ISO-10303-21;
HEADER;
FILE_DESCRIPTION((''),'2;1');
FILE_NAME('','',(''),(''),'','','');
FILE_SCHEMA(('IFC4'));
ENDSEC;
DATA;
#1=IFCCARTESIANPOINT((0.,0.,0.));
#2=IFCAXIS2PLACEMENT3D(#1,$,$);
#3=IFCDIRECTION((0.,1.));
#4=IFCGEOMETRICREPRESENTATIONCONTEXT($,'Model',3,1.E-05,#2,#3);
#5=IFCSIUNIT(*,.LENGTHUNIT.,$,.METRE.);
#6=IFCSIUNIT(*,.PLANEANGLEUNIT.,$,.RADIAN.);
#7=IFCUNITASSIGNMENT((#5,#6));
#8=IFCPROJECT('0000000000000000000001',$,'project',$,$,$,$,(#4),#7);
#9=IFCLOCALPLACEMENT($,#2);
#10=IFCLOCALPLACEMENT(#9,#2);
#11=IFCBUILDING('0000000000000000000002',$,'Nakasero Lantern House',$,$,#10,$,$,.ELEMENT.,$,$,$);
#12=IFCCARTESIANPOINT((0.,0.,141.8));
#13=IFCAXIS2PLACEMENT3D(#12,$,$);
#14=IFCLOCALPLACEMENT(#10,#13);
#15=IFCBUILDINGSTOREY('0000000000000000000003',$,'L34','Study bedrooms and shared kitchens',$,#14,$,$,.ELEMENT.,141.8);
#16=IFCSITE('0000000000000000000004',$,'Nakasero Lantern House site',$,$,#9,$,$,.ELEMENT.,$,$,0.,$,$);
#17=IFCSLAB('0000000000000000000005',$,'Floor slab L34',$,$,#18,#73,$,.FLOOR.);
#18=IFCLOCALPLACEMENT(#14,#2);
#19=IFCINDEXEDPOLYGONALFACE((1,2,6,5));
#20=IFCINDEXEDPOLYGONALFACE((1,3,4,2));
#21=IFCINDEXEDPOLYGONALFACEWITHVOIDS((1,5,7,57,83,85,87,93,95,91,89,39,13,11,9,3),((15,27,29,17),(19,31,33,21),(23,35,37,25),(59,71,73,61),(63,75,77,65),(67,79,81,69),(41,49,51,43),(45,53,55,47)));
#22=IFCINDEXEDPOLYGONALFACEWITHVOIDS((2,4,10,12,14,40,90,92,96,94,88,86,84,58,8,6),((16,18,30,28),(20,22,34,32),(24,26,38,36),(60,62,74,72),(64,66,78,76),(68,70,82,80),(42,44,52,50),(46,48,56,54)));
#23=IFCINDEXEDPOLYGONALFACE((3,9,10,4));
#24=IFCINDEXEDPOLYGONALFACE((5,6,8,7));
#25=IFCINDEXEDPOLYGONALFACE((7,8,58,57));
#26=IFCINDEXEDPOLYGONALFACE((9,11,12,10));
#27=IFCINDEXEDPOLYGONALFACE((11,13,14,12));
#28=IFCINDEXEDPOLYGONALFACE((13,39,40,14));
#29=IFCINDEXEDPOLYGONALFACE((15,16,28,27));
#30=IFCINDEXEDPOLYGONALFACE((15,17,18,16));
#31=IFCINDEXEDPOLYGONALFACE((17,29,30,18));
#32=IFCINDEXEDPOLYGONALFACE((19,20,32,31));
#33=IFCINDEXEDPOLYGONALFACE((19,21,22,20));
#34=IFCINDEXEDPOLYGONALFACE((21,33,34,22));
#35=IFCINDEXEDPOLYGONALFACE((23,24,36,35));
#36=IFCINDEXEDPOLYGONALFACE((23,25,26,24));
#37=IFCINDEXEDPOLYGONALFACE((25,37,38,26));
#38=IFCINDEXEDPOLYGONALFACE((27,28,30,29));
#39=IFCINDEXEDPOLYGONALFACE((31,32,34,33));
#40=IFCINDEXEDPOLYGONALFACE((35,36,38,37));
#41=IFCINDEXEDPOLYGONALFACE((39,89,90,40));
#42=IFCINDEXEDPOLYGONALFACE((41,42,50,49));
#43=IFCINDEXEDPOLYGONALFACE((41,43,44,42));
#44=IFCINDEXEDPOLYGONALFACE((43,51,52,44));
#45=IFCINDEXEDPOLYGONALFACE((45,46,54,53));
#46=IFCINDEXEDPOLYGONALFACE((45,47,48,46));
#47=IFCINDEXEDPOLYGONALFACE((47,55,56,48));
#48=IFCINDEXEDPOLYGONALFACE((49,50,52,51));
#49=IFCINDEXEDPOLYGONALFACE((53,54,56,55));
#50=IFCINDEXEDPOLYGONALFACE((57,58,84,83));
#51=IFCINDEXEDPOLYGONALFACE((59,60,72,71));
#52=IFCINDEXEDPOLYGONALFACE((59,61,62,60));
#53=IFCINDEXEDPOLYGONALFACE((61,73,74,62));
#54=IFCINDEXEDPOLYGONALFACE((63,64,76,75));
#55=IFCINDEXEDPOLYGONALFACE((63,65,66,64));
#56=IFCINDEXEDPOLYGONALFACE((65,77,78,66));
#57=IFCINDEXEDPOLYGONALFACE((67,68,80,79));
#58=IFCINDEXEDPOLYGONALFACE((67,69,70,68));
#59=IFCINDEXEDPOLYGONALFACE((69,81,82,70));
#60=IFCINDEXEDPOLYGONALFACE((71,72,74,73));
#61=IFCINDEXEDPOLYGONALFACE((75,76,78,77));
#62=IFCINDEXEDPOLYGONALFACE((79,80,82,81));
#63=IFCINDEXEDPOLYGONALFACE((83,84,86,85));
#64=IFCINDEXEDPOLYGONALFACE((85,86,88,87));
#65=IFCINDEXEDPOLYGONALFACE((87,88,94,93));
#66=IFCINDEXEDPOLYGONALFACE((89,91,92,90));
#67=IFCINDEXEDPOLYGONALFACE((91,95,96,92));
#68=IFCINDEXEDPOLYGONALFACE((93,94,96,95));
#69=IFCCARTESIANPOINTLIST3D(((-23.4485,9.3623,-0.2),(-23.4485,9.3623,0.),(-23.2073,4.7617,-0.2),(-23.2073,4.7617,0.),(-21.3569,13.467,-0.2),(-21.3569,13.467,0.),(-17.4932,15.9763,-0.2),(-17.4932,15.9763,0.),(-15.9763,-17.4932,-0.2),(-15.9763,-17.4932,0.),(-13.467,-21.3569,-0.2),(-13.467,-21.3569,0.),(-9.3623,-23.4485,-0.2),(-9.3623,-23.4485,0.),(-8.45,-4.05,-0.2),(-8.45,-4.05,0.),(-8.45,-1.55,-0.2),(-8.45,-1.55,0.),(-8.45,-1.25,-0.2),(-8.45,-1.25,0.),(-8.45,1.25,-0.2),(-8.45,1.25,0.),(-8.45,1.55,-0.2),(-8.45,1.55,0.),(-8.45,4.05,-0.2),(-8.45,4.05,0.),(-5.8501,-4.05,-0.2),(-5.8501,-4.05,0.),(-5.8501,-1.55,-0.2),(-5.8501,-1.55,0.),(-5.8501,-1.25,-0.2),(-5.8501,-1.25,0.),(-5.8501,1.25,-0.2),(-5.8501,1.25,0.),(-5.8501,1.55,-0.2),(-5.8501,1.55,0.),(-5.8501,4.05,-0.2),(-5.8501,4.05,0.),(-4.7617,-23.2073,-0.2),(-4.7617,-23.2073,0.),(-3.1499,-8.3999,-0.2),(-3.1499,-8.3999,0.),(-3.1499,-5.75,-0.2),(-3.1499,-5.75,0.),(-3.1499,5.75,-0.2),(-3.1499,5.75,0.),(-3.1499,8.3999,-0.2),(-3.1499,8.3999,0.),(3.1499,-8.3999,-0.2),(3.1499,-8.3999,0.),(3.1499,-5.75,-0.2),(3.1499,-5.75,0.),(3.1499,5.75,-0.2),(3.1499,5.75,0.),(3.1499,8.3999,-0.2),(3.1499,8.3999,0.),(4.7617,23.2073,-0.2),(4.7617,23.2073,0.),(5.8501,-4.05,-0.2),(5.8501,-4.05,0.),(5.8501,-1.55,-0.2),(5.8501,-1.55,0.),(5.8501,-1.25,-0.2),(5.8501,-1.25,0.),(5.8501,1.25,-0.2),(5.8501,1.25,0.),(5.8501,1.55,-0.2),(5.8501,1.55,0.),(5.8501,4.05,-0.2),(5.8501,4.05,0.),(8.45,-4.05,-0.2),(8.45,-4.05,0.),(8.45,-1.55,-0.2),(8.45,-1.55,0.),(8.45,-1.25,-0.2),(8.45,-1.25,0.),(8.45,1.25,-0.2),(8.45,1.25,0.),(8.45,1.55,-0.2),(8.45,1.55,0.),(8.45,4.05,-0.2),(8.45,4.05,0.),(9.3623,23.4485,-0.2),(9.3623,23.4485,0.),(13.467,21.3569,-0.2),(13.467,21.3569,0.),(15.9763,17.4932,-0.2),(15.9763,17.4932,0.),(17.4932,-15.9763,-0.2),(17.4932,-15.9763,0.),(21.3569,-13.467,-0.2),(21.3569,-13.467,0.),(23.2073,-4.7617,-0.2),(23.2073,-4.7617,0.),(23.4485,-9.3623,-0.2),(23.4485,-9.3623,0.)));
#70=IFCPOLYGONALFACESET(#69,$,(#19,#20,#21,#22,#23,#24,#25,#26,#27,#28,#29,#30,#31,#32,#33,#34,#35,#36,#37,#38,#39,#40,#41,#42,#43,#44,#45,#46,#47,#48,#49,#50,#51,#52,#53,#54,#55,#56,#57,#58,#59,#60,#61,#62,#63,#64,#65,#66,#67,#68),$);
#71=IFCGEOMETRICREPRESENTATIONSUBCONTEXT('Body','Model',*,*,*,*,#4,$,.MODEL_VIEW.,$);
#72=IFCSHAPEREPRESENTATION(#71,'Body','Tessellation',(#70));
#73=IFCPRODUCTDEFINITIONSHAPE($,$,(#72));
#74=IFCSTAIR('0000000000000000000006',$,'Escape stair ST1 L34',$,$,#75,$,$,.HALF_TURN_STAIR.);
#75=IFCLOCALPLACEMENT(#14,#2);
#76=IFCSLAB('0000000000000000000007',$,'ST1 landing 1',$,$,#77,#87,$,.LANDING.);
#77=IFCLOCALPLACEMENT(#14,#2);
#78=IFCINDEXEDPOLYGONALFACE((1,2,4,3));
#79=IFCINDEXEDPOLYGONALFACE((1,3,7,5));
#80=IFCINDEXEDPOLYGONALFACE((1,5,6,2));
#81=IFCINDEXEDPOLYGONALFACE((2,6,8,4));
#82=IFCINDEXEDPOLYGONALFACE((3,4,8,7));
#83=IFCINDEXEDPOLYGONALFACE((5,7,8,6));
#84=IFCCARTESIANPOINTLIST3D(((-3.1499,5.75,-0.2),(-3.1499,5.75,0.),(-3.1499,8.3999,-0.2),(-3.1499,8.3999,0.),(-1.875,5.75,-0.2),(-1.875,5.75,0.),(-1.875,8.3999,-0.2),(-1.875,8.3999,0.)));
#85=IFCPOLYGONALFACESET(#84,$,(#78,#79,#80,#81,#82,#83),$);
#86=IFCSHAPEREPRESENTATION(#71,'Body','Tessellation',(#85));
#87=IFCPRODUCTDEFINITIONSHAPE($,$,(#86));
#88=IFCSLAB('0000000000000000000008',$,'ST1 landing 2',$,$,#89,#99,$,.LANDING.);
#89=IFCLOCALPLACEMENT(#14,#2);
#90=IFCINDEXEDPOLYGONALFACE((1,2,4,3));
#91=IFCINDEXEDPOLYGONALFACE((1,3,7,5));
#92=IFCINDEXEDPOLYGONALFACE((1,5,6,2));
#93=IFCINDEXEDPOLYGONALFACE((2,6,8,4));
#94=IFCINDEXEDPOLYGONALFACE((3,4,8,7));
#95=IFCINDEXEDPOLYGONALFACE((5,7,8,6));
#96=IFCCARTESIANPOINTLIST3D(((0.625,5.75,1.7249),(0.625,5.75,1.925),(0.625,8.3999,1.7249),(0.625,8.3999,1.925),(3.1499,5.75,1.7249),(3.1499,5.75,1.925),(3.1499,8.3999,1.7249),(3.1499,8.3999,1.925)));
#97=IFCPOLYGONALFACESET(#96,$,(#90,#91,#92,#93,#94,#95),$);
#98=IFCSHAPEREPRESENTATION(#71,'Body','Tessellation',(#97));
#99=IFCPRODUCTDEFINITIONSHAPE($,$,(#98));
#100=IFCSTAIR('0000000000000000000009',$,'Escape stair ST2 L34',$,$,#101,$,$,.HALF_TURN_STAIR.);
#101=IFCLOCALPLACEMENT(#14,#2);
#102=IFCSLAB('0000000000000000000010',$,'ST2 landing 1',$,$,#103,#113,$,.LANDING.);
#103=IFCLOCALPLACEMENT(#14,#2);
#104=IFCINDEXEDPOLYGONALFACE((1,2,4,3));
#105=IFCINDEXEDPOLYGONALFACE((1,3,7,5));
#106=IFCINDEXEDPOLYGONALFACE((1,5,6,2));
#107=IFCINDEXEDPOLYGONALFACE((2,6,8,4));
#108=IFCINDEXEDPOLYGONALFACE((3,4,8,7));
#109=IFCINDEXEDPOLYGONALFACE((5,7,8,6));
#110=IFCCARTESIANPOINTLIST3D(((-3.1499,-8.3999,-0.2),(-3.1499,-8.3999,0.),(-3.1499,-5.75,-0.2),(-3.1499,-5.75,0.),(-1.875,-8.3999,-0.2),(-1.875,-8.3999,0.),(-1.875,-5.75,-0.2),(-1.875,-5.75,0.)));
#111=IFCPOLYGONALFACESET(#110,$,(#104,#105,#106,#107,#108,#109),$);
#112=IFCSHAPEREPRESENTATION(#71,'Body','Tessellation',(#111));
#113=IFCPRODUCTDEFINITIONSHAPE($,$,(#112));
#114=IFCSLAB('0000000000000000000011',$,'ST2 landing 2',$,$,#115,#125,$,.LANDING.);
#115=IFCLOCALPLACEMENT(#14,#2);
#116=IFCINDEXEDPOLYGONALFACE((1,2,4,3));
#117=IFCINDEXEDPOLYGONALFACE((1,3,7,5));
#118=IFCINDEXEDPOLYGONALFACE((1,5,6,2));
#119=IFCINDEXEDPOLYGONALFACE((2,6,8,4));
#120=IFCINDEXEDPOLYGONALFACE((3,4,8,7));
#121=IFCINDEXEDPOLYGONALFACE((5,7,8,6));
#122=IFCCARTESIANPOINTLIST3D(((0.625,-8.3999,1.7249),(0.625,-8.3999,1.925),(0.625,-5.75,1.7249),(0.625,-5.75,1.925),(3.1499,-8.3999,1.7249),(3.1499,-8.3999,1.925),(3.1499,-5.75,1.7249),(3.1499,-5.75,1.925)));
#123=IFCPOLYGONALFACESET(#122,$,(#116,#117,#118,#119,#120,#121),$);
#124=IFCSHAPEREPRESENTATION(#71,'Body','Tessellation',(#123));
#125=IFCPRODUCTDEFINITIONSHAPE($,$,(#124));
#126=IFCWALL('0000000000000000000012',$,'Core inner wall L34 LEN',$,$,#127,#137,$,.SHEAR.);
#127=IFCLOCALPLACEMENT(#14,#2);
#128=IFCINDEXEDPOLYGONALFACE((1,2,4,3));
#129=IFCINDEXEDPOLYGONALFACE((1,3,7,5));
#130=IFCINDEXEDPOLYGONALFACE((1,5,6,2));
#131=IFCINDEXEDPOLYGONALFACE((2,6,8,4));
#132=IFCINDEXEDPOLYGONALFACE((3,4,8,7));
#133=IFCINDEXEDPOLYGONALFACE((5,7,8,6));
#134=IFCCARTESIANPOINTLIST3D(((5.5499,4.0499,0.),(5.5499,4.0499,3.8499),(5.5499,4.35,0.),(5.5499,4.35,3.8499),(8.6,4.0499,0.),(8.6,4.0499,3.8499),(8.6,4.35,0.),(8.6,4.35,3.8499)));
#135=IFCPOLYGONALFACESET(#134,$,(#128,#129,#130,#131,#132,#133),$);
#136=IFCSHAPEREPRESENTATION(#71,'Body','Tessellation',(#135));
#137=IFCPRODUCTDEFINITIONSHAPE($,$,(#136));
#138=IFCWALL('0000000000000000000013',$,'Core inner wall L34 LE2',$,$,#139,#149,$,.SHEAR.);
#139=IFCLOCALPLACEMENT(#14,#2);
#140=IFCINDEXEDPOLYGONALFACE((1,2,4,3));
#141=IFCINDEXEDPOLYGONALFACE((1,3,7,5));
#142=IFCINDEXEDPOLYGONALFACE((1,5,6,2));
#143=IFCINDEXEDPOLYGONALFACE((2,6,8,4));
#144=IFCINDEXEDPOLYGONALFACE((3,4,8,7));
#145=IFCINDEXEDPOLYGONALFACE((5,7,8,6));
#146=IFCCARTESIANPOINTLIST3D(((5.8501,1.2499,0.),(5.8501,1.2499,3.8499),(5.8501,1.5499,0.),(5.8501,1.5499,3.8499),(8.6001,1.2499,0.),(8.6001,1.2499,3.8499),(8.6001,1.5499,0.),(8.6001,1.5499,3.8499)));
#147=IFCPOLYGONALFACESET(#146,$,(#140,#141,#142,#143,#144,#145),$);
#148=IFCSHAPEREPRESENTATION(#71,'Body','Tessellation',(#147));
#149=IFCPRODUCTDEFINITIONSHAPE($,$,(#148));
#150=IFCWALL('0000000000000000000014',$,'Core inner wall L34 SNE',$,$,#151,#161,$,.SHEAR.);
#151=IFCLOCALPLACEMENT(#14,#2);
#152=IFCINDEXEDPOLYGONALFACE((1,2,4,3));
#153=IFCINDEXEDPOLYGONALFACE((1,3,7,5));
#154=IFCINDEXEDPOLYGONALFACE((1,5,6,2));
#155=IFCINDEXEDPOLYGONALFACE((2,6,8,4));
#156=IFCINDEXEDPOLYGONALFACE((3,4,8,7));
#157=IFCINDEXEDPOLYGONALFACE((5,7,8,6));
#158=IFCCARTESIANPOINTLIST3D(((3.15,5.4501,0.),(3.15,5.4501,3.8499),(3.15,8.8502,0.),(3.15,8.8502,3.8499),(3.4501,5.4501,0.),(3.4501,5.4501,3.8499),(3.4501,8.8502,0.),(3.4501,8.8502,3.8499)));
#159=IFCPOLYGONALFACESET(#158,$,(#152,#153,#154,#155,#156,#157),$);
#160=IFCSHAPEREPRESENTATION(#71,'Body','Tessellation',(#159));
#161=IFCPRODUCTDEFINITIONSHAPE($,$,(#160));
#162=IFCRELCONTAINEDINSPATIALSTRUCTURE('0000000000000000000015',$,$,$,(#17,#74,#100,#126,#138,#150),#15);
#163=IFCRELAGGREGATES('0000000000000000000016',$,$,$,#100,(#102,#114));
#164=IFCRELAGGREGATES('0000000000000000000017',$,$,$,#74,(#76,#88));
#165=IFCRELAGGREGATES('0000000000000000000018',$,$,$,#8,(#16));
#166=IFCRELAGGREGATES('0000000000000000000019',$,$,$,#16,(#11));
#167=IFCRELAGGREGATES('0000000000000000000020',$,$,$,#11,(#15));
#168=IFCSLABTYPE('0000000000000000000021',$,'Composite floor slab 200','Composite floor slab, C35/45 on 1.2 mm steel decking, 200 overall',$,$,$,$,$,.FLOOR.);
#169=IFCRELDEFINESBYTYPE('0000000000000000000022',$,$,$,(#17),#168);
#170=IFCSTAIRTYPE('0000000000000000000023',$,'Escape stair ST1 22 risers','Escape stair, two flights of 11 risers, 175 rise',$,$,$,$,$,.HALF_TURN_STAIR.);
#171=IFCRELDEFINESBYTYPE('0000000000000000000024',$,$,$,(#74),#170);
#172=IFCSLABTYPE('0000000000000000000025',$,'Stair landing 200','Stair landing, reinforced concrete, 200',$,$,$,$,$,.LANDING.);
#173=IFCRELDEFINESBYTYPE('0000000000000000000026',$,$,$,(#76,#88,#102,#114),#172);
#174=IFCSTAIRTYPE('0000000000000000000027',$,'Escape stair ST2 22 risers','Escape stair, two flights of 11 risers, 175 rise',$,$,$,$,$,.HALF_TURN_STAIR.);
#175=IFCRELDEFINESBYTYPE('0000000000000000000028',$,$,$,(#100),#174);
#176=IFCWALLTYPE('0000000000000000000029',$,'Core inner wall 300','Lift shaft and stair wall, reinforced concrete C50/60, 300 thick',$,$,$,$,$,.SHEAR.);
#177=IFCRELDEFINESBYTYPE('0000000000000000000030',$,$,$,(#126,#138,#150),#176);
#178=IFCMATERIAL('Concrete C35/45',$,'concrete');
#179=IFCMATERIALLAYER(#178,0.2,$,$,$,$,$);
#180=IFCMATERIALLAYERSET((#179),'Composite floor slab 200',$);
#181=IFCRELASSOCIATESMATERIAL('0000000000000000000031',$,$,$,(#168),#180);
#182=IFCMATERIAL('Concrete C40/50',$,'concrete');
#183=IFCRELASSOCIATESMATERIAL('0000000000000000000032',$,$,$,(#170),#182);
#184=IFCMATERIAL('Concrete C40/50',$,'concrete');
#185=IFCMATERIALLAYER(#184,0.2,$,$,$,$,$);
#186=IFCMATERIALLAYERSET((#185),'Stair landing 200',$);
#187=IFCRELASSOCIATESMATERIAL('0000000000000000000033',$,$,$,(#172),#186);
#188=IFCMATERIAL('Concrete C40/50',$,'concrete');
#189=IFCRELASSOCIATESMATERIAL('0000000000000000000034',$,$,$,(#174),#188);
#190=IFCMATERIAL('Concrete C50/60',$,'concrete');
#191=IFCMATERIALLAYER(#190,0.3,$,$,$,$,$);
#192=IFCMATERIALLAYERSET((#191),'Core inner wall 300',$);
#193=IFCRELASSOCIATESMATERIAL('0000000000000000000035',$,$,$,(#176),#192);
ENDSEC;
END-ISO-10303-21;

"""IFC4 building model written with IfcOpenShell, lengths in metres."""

from ifc_helpers import new_model, si_unit, direction, frame, frame_2d, origin, place, context, subcontext, project, spatial, polyline, rectangle, outline, extrude, material, layer, layer_set, type_object, element, aggregate, save


model = new_model("IFC4")

# Units and contexts
model_context = context("Model", 3, precision=1e-05, world=origin(), true_north=direction((0.0, 1.0)))
body_context = subcontext(model_context, "Body", "Model", "MODEL_VIEW")
ifc_project = project(units=[si_unit("LENGTHUNIT", "METRE"), si_unit("PLANEANGLEUNIT", "RADIAN")], contexts=[model_context])

# Site, building, storey
site_placement = place(None, origin())
site = spatial("IfcSite", under=ifc_project, at=site_placement, Name="Nakasero Lantern House site", CompositionType="ELEMENT", RefElevation=0.0)
building_placement = place(site_placement, origin())
building = spatial("IfcBuilding", under=site, at=building_placement, Name="Nakasero Lantern House", CompositionType="ELEMENT")
storey_placement = place(building_placement, frame((0.0, 0.0, 141.8)))
storey = spatial("IfcBuildingStorey", under=building, at=storey_placement, Name="L34", Description="Study bedrooms and shared kitchens", CompositionType="ELEMENT", Elevation=141.8)

# Slab
ifc_material_1 = material(Name="Concrete C35/45", Category="concrete")
ifc_layer_1 = layer(ifc_material_1, 0.2)
ifc_layer_set_1 = layer_set([ifc_layer_1], Name="Composite floor slab 200")
slab_type_1 = type_object("IfcSlabType", Name="Composite floor slab 200", Description="Composite floor slab, C35/45 on 1.2 mm steel decking, 200 overall", PredefinedType="FLOOR", material=ifc_layer_set_1)
slab_1_placement = place(storey_placement, frame((0.0, 0.0, -0.2)))
element("IfcSlab", 1, at=slab_1_placement, inside=storey, type_object=slab_type_1, Name="Floor slab L34", PredefinedType="FLOOR", context=body_context, shape_type="SweptSolid", body=[
    extrude(outline(polyline([(15.9763, 17.4932), (13.467, 21.3569), (9.3623, 23.4485), (4.7617, 23.2073), (-17.4932, 15.9763), (-21.3569, 13.467), (-23.4485, 9.3623), (-23.2073, 4.7617), (-15.9763, -17.4932), (-13.467, -21.3569), (-9.3623, -23.4485), (-4.7617, -23.2073), (17.4932, -15.9763), (21.3569, -13.467), (23.4485, -9.3623), (23.2073, -4.7617), (15.9763, 17.4932)]), holes=[polyline([(-8.45, -4.05), (-5.8501, -4.05), (-5.8501, -1.55), (-8.45, -1.55), (-8.45, -4.05)]), polyline([(-8.45, -1.25), (-5.8501, -1.25), (-5.8501, 1.25), (-8.45, 1.25), (-8.45, -1.25)]), polyline([(-8.45, 1.55), (-5.8501, 1.55), (-5.8501, 4.05), (-8.45, 4.05), (-8.45, 1.55)]), polyline([(5.8501, -4.05), (8.45, -4.05), (8.45, -1.55), (5.8501, -1.55), (5.8501, -4.05)]), polyline([(5.8501, -1.25), (8.45, -1.25), (8.45, 1.25), (5.8501, 1.25), (5.8501, -1.25)]), polyline([(5.8501, 1.55), (8.45, 1.55), (8.45, 4.05), (5.8501, 4.05), (5.8501, 1.55)]), polyline([(-3.1499, 5.75), (3.1499, 5.75), (3.1499, 8.3999), (-3.1499, 8.3999), (-3.1499, 5.75)]), polyline([(-3.1499, -8.3999), (3.1499, -8.3999), (3.1499, -5.75), (-3.1499, -5.75), (-3.1499, -8.3999)])]), origin(), (0.0, 0.0, 1.0), 0.2),
])

# Stairs, slabs
ifc_material_2 = material(Name="Concrete C40/50", Category="concrete")
stair_type_1 = type_object("IfcStairType", Name="Escape stair ST1 22 risers", Description="Escape stair, two flights of 11 risers, 175 rise", PredefinedType="HALF_TURN_STAIR", material=ifc_material_2)
stair_1_placement = place(storey_placement, origin())
stair_1 = element("IfcStair", 2, at=stair_1_placement, inside=storey, type_object=stair_type_1, Name="Escape stair ST1 L34", PredefinedType="HALF_TURN_STAIR")
ifc_material_3 = material(Name="Concrete C40/50", Category="concrete")
ifc_layer_2 = layer(ifc_material_3, 0.2)
ifc_layer_set_2 = layer_set([ifc_layer_2], Name="Stair landing 200")
slab_type_2 = type_object("IfcSlabType", Name="Stair landing 200", Description="Stair landing, reinforced concrete, 200", PredefinedType="LANDING", material=ifc_layer_set_2)
slab_2_placement = place(storey_placement, frame((0.0, 0.0, -0.2)))
slab_2 = element("IfcSlab", 3, at=slab_2_placement, type_object=slab_type_2, Name="ST1 landing 1", PredefinedType="LANDING", context=body_context, shape_type="SweptSolid", body=[
    extrude(outline(polyline([(-3.1499, 5.75), (-1.875, 5.75), (-1.875, 8.3999), (-3.1499, 8.3999), (-3.1499, 5.75)])), origin(), (0.0, 0.0, 1.0), 0.2),
])
slab_3_placement = place(storey_placement, frame((0.0, 0.0, 1.7249)))
slab_3 = element("IfcSlab", 4, at=slab_3_placement, type_object=slab_type_2, Name="ST1 landing 2", PredefinedType="LANDING", context=body_context, shape_type="SweptSolid", body=[
    extrude(outline(polyline([(0.625, 5.75), (3.1499, 5.75), (3.1499, 8.3999), (0.625, 8.3999), (0.625, 5.75)])), origin(), (0.0, 0.0, 1.0), 0.2002),
])
ifc_material_4 = material(Name="Concrete C40/50", Category="concrete")
stair_type_2 = type_object("IfcStairType", Name="Escape stair ST2 22 risers", Description="Escape stair, two flights of 11 risers, 175 rise", PredefinedType="HALF_TURN_STAIR", material=ifc_material_4)
stair_2_placement = place(storey_placement, origin())
stair_2 = element("IfcStair", 5, at=stair_2_placement, inside=storey, type_object=stair_type_2, Name="Escape stair ST2 L34", PredefinedType="HALF_TURN_STAIR")
slab_4_placement = place(storey_placement, frame((0.0, 0.0, -0.2)))
slab_4 = element("IfcSlab", 6, at=slab_4_placement, type_object=slab_type_2, Name="ST2 landing 1", PredefinedType="LANDING", context=body_context, shape_type="SweptSolid", body=[
    extrude(outline(polyline([(-3.1499, -8.3999), (-1.875, -8.3999), (-1.875, -5.75), (-3.1499, -5.75), (-3.1499, -8.3999)])), origin(), (0.0, 0.0, 1.0), 0.2),
])
slab_5_placement = place(storey_placement, frame((0.0, 0.0, 1.7249)))
slab_5 = element("IfcSlab", 7, at=slab_5_placement, type_object=slab_type_2, Name="ST2 landing 2", PredefinedType="LANDING", context=body_context, shape_type="SweptSolid", body=[
    extrude(outline(polyline([(0.625, -8.3999), (3.1499, -8.3999), (3.1499, -5.75), (0.625, -5.75), (0.625, -8.3999)])), origin(), (0.0, 0.0, 1.0), 0.2002),
])
aggregate(stair_2, [slab_4, slab_5])

# Walls
ifc_material_5 = material(Name="Concrete C50/60", Category="concrete")
ifc_layer_3 = layer(ifc_material_5, 0.3)
ifc_layer_set_3 = layer_set([ifc_layer_3], Name="Core inner wall 300")
wall_type_1 = type_object("IfcWallType", Name="Core inner wall 300", Description="Lift shaft and stair wall, reinforced concrete C50/60, 300 thick", PredefinedType="SHEAR", material=ifc_layer_set_3)
wall_1_placement = place(storey_placement, frame((5.55, 4.2, 0.0), z_axis=(0.0, 0.0, 1.0), x_axis=(1.0, 0.0, 0.0)))
element("IfcWall", 8, at=wall_1_placement, inside=storey, type_object=wall_type_1, Name="Core inner wall L34 LEN", PredefinedType="SHEAR", context=body_context, shape_type="SweptSolid", body=[
    extrude(rectangle(XDim=3.05, YDim=0.3, at=frame_2d((1.5249, 0.0))), origin(), (0.0, 0.0, 1.0), 3.8499),
])
wall_2_placement = place(storey_placement, frame((5.8501, 1.3999, 0.0), z_axis=(0.0, 0.0, 1.0), x_axis=(1.0, 0.0, 0.0)))
element("IfcWall", 9, at=wall_2_placement, inside=storey, type_object=wall_type_1, Name="Core inner wall L34 LE2", PredefinedType="SHEAR", context=body_context, shape_type="SweptSolid", body=[
    extrude(rectangle(XDim=2.75, YDim=0.3, at=frame_2d((1.375, 0.0))), origin(), (0.0, 0.0, 1.0), 3.8499),
])
wall_3_placement = place(storey_placement, frame((3.3, 5.45, 0.0), z_axis=(0.0, 0.0, 1.0), x_axis=(0.0, 1.0, 0.0)))
element("IfcWall", 10, at=wall_3_placement, inside=storey, type_object=wall_type_1, Name="Core inner wall L34 SNE", PredefinedType="SHEAR", context=body_context, shape_type="SweptSolid", body=[
    extrude(rectangle(XDim=3.4001, YDim=0.3, at=frame_2d((1.7002, 0.0))), origin(), (0.0, 0.0, 1.0), 3.8499),
])

aggregate(stair_1, [slab_2, slab_3])

save(model, "model.ifc")
